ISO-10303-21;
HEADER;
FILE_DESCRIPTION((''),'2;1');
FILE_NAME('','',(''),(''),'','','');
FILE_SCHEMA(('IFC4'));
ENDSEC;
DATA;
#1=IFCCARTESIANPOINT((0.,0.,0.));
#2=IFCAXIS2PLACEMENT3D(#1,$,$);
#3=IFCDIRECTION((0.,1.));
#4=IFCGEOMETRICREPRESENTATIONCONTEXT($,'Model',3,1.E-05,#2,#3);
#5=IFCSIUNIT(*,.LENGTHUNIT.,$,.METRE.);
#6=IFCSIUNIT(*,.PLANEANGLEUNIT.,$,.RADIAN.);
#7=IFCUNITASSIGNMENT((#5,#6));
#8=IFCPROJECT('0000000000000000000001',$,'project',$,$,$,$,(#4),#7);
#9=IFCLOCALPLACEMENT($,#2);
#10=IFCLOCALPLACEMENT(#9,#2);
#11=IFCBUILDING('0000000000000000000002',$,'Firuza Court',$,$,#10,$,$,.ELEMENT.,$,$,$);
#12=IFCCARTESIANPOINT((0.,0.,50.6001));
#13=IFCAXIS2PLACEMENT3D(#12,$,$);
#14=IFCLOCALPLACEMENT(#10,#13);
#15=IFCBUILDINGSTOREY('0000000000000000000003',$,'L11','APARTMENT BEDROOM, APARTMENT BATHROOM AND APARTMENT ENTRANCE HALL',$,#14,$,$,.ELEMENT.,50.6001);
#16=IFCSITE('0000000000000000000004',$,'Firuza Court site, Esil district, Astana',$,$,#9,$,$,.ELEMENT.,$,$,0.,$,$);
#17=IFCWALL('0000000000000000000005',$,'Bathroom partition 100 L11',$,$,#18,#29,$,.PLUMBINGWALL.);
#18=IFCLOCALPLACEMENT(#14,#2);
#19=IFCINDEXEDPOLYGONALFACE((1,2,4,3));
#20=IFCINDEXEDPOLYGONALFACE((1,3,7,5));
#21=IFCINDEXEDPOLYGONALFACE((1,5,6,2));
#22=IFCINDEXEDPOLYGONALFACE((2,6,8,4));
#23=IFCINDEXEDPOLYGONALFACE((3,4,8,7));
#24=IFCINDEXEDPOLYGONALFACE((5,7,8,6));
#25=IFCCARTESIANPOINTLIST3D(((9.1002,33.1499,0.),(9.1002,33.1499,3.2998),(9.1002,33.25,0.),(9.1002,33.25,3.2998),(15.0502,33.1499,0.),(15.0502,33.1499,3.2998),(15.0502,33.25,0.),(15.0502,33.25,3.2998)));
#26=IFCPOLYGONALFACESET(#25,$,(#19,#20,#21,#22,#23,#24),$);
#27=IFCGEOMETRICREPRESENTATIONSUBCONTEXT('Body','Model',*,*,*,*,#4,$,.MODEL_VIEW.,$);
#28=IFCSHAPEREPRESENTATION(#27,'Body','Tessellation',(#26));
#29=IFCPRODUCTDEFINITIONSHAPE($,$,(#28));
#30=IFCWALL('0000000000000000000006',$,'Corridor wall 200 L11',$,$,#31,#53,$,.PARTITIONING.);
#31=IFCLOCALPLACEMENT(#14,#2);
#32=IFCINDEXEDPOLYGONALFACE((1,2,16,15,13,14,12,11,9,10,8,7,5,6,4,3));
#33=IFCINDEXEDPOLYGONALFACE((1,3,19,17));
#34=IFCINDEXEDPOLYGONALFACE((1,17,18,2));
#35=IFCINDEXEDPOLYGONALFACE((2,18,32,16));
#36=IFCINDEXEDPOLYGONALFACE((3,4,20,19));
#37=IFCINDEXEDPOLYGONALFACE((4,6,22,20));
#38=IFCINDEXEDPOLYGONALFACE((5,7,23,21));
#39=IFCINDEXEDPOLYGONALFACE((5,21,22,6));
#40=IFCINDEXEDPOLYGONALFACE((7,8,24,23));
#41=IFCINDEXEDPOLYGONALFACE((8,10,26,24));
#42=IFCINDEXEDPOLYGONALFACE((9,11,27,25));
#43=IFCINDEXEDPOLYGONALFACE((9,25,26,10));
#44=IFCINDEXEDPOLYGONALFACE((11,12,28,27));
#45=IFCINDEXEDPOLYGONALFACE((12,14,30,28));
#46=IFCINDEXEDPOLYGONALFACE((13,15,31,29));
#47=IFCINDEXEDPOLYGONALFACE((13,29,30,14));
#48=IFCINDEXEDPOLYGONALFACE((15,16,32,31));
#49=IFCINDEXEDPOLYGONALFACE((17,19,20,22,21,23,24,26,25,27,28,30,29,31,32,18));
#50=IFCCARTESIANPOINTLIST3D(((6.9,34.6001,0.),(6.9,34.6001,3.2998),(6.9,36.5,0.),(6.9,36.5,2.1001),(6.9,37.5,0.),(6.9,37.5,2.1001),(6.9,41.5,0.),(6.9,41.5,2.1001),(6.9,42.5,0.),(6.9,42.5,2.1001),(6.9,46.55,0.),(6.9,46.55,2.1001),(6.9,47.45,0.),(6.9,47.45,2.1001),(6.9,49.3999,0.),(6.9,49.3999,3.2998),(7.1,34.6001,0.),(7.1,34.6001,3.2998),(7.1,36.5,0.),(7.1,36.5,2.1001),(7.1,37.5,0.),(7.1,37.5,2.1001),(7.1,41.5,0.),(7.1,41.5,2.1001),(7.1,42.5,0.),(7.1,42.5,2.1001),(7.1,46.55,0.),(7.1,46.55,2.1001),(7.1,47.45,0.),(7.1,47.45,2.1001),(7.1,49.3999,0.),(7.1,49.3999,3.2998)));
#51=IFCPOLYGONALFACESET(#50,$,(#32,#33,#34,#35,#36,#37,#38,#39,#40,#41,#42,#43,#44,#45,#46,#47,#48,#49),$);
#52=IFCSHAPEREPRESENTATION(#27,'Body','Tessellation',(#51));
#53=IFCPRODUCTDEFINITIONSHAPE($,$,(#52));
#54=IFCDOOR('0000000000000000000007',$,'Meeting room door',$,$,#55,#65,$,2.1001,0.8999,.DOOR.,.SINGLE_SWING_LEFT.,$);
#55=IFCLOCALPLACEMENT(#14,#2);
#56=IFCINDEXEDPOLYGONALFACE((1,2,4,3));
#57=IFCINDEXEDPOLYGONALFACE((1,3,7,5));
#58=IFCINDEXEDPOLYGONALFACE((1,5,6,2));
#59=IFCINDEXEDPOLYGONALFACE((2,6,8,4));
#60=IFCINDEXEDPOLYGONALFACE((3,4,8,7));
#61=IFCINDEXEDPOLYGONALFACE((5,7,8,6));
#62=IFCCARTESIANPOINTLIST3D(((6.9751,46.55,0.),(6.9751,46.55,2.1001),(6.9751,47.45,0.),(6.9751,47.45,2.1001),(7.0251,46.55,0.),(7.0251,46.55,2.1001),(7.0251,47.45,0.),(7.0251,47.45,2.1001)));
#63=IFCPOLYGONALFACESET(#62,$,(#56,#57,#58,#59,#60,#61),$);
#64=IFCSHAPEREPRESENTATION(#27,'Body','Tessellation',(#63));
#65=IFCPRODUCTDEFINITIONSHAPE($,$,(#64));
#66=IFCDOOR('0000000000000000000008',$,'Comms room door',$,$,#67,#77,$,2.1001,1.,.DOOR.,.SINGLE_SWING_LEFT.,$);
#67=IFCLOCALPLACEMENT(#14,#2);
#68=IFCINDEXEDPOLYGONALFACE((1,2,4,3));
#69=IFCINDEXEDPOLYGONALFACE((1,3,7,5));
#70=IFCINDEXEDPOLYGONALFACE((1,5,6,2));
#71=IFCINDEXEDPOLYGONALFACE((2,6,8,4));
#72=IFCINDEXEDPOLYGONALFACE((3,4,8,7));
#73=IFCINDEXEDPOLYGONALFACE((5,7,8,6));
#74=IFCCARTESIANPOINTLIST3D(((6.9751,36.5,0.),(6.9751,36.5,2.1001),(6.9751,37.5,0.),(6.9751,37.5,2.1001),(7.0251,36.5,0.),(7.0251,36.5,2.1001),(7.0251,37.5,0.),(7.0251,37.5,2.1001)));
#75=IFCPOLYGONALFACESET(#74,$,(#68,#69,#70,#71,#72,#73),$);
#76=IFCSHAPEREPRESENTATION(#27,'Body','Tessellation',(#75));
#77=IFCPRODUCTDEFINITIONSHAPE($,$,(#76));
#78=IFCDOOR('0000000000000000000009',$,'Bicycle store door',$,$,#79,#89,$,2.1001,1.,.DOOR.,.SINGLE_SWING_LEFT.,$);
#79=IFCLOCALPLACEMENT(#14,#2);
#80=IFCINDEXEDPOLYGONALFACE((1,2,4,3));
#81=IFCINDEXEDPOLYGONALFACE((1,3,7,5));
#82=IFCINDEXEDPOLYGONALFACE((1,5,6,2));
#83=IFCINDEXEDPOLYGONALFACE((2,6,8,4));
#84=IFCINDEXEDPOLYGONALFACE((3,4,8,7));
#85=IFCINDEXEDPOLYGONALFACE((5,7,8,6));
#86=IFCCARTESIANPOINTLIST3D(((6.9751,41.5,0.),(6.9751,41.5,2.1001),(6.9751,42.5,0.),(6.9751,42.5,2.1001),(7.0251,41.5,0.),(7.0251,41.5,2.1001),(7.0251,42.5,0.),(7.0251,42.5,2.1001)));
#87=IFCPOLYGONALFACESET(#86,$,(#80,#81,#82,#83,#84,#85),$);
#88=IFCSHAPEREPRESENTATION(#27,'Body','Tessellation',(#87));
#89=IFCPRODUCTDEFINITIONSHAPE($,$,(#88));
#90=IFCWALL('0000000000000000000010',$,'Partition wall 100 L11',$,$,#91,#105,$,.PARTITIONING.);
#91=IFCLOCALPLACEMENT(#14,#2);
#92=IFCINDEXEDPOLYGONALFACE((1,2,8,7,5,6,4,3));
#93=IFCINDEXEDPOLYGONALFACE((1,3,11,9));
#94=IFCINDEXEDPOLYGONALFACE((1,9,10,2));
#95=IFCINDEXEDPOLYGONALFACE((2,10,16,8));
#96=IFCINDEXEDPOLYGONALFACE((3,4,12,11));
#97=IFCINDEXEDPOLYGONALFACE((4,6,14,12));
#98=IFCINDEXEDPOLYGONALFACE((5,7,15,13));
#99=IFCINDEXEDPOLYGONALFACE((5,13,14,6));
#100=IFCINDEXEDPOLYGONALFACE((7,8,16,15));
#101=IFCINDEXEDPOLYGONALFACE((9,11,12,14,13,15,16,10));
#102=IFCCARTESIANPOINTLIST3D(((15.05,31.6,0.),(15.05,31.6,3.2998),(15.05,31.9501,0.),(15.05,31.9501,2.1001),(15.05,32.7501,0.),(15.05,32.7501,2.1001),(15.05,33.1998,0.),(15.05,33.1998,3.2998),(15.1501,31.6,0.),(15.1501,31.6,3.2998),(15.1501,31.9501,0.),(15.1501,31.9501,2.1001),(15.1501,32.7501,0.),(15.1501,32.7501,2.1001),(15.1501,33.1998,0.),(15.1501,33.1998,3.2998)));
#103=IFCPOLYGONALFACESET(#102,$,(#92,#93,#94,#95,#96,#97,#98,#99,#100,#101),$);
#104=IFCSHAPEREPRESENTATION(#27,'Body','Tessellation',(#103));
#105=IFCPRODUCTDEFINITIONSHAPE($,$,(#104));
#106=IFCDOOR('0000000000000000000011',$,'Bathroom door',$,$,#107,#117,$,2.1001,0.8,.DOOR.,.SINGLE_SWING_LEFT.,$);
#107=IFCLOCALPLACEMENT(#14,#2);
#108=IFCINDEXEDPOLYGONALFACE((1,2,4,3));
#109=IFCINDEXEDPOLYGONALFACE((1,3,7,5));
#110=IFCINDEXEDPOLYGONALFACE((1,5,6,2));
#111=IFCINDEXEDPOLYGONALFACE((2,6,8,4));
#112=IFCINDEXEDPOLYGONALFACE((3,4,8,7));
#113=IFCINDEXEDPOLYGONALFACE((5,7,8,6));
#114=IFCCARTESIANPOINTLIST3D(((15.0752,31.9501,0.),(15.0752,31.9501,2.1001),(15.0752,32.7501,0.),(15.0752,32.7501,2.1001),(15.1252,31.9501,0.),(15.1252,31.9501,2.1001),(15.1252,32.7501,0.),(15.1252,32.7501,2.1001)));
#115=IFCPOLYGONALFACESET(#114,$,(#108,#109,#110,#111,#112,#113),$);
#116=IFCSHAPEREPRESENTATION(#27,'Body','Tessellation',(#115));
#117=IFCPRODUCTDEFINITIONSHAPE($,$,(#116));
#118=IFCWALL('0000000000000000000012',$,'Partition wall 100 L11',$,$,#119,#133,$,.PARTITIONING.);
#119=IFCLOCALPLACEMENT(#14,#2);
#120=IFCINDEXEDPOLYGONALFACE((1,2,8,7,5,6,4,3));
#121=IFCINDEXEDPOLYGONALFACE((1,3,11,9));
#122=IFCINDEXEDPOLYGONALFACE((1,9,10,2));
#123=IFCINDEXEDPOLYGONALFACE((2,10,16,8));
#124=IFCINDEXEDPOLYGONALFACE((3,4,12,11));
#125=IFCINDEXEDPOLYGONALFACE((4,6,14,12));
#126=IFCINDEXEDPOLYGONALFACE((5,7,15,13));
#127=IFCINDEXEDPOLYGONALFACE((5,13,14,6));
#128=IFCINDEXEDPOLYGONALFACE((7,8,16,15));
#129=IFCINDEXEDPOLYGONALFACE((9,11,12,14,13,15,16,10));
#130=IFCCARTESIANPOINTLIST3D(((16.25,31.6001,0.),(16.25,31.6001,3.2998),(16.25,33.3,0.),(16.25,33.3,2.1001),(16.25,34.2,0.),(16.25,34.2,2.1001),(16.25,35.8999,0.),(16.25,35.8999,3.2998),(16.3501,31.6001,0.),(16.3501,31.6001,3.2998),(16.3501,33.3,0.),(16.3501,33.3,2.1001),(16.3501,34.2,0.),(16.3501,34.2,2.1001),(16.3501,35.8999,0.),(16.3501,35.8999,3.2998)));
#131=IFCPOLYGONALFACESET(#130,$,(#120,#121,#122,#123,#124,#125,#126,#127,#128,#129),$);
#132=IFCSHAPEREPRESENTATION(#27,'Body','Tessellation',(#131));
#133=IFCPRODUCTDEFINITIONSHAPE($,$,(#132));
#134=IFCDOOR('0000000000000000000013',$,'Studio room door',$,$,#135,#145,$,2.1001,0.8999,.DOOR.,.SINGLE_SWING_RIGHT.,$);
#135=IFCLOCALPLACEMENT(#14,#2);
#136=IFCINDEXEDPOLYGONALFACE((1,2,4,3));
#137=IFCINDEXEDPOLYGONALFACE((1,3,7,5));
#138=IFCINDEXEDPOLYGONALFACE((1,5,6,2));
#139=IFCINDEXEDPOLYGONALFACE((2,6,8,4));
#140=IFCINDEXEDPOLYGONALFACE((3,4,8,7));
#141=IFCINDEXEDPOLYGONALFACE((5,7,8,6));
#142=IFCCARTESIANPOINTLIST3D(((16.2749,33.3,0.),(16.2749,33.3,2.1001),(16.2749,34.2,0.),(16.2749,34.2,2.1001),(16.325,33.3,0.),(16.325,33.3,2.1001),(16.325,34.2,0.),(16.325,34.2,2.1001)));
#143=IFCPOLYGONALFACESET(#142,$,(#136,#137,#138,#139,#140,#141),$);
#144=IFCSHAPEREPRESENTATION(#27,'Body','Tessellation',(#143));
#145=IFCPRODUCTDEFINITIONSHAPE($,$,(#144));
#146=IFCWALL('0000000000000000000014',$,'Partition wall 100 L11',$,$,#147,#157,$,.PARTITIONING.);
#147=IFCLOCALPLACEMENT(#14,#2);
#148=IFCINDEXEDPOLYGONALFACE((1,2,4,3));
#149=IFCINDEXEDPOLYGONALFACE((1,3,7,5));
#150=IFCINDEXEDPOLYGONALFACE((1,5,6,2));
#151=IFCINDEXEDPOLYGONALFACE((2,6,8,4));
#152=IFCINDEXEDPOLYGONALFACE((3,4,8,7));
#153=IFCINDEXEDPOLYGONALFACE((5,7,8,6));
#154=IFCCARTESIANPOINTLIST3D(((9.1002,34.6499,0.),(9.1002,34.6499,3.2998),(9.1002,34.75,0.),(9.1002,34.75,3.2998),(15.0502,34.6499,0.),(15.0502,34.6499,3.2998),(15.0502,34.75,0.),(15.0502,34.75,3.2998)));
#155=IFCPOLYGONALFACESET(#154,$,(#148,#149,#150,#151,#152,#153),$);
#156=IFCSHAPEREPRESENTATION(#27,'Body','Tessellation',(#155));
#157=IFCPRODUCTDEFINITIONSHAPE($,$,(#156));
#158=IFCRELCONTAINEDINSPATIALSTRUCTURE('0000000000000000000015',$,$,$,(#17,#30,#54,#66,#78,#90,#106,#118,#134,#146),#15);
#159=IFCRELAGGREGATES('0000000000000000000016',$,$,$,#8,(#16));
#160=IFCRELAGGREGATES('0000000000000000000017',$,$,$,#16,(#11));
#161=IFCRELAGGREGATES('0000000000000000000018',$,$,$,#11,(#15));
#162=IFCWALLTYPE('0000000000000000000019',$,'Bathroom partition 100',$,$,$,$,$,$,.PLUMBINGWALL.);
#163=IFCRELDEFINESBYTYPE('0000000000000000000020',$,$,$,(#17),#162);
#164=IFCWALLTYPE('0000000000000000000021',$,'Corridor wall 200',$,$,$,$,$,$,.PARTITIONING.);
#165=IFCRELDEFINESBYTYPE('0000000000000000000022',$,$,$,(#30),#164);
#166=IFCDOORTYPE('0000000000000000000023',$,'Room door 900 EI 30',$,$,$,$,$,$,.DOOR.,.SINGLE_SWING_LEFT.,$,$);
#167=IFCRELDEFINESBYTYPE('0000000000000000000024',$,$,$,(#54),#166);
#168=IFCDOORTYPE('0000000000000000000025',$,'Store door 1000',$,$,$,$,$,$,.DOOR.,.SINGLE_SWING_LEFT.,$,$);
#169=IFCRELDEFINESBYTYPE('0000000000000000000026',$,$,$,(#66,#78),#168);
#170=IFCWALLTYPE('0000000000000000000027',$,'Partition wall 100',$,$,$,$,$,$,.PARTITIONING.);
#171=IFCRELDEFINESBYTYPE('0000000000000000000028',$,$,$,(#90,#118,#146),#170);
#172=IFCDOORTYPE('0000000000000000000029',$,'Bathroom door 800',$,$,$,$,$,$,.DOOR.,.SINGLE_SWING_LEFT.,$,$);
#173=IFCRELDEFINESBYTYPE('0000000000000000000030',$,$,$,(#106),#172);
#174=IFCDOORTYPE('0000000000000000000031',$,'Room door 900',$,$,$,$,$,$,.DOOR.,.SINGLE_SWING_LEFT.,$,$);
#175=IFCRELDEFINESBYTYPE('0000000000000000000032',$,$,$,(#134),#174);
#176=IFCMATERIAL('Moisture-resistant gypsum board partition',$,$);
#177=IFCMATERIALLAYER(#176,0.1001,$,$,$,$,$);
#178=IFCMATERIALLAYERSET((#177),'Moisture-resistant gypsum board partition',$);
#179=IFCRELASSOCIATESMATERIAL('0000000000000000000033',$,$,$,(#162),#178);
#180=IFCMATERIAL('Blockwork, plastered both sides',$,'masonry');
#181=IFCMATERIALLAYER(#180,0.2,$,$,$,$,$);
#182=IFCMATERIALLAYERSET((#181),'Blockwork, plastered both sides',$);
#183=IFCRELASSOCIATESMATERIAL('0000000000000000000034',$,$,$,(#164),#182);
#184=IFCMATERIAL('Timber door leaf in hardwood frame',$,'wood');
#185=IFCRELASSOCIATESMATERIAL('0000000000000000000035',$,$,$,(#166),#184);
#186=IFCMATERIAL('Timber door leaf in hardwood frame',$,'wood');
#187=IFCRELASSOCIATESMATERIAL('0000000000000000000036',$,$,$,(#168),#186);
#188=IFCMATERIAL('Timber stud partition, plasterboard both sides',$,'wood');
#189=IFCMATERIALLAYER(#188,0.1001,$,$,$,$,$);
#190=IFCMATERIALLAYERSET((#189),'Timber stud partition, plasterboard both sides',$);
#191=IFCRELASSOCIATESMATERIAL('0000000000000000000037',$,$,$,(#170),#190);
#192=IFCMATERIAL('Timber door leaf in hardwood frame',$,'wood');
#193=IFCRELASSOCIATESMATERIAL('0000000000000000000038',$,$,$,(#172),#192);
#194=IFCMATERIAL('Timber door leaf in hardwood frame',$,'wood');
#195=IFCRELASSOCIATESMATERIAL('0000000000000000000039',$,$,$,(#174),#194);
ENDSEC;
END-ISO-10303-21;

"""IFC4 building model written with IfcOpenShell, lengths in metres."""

from ifc_helpers import new_model, si_unit, direction, frame, frame_2d, origin, place, context, subcontext, project, spatial, rectangle, extrude, material, layer, layer_set, type_object, element, fill, save


model = new_model("IFC4")

# Units and contexts
model_context = context("Model", 3, precision=1e-05, world=origin(), true_north=direction((0.0, 1.0)))
body_context = subcontext(model_context, "Body", "Model", "MODEL_VIEW")
ifc_project = project(units=[si_unit("LENGTHUNIT", "METRE"), si_unit("PLANEANGLEUNIT", "RADIAN")], contexts=[model_context])

# Site, building, storey
site_placement = place(None, origin())
site = spatial("IfcSite", under=ifc_project, at=site_placement, Name="Firuza Court site, Esil district, Astana", CompositionType="ELEMENT", RefElevation=0.0)
building_placement = place(site_placement, origin())
building = spatial("IfcBuilding", under=site, at=building_placement, Name="Firuza Court", CompositionType="ELEMENT")
storey_placement = place(building_placement, frame((0.0, 0.0, 50.6001)))
storey = spatial("IfcBuildingStorey", under=building, at=storey_placement, Name="L11", Description="APARTMENT BEDROOM, APARTMENT BATHROOM AND APARTMENT ENTRANCE HALL", CompositionType="ELEMENT", Elevation=50.6001)

# Wall
ifc_material_1 = material(Name="Moisture-resistant gypsum board partition")
ifc_layer_1 = layer(ifc_material_1, 0.1001)
ifc_layer_set_1 = layer_set([ifc_layer_1], Name="Moisture-resistant gypsum board partition")
wall_type_1 = type_object("IfcWallType", Name="Bathroom partition 100", PredefinedType="PLUMBINGWALL", material=ifc_layer_set_1)
wall_1_placement = place(storey_placement, frame((9.1001, 33.2, 0.0), z_axis=(0.0, 0.0, 1.0), x_axis=(1.0, 0.0, 0.0)))
element("IfcWall", 1, at=wall_1_placement, inside=storey, type_object=wall_type_1, Name="Bathroom partition 100 L11", PredefinedType="PLUMBINGWALL", context=body_context, shape_type="SweptSolid", body=[
    extrude(rectangle(XDim=5.95, YDim=0.1001, at=frame_2d((2.9751, 0.0))), origin(), (0.0, 0.0, 1.0), 3.2998),
])

# Wall, openings, doors
ifc_material_2 = material(Name="Blockwork, plastered both sides", Category="masonry")
ifc_layer_2 = layer(ifc_material_2, 0.2)
ifc_layer_set_2 = layer_set([ifc_layer_2], Name="Blockwork, plastered both sides")
wall_type_2 = type_object("IfcWallType", Name="Corridor wall 200", PredefinedType="PARTITIONING", material=ifc_layer_set_2)
wall_2_placement = place(storey_placement, frame((7.0, 34.6001, 0.0), z_axis=(0.0, 0.0, 1.0), x_axis=(0.0, 1.0, 0.0)))
wall_2 = element("IfcWall", 2, at=wall_2_placement, inside=storey, type_object=wall_type_2, Name="Corridor wall 200 L11", PredefinedType="PARTITIONING", context=body_context, shape_type="SweptSolid", body=[
    extrude(rectangle(XDim=14.7998, YDim=0.2, at=frame_2d((7.3999, 0.0))), origin(), (0.0, 0.0, 1.0), 3.2998),
])
opening_1_placement = place(wall_2_placement, frame((1.8999, 0.0, 0.0)))
opening_1 = element("IfcOpeningElement", 3, at=opening_1_placement, cuts=wall_2, PredefinedType="OPENING", context=body_context, shape_type="SweptSolid", body=[
    extrude(rectangle(XDim=1.0, YDim=2.1001, at=frame_2d((0.5, 1.05))), frame((0.0, 0.1118, 0.0), z_axis=(0.0, -1.0, 0.0), x_axis=(1.0, 0.0, 0.0)), (0.0, 0.0, 1.0), 0.2239),
])
opening_2_placement = place(wall_2_placement, frame((6.8999, 0.0, 0.0)))
opening_2 = element("IfcOpeningElement", 4, at=opening_2_placement, cuts=wall_2, PredefinedType="OPENING", context=body_context, shape_type="SweptSolid", body=[
    extrude(rectangle(XDim=1.0, YDim=2.1001, at=frame_2d((0.5, 1.05))), frame((0.0, 0.1118, 0.0), z_axis=(0.0, -1.0, 0.0), x_axis=(1.0, 0.0, 0.0)), (0.0, 0.0, 1.0), 0.2239),
])
opening_3_placement = place(wall_2_placement, frame((11.95, 0.0, 0.0)))
opening_3 = element("IfcOpeningElement", 5, at=opening_3_placement, cuts=wall_2, PredefinedType="OPENING", context=body_context, shape_type="SweptSolid", body=[
    extrude(rectangle(XDim=0.8999, YDim=2.1001, at=frame_2d((0.45, 1.05))), frame((0.0, 0.1118, 0.0), z_axis=(0.0, -1.0, 0.0), x_axis=(1.0, 0.0, 0.0)), (0.0, 0.0, 1.0), 0.2239),
])
ifc_material_3 = material(Name="Timber door leaf in hardwood frame", Category="wood")
door_type_1 = type_object("IfcDoorType", Name="Room door 900 EI 30", OperationType="SINGLE_SWING_LEFT", PredefinedType="DOOR", material=ifc_material_3)
door_1_placement = place(opening_3_placement, origin())
door_1 = element("IfcDoor", 6, at=door_1_placement, inside=storey, type_object=door_type_1, Name="Meeting room door", OperationType="SINGLE_SWING_LEFT", OverallHeight=2.1001, OverallWidth=0.8999, PredefinedType="DOOR", context=body_context, shape_type="SweptSolid", body=[
    extrude(rectangle(XDim=0.8999, YDim=2.1001, at=frame_2d((0.45, 1.05))), frame((0.0, 0.0249, 0.0), z_axis=(0.0, -1.0, 0.0), x_axis=(1.0, 0.0, 0.0)), (0.0, 0.0, 1.0), 0.05),
])
fill(opening_3, door_1)
ifc_material_4 = material(Name="Timber door leaf in hardwood frame", Category="wood")
door_type_2 = type_object("IfcDoorType", Name="Store door 1000", OperationType="SINGLE_SWING_LEFT", PredefinedType="DOOR", material=ifc_material_4)
door_2_placement = place(opening_1_placement, origin())
door_2 = element("IfcDoor", 7, at=door_2_placement, inside=storey, type_object=door_type_2, Name="Comms room door", OperationType="SINGLE_SWING_LEFT", OverallHeight=2.1001, OverallWidth=1.0, PredefinedType="DOOR", context=body_context, shape_type="SweptSolid", body=[
    extrude(rectangle(XDim=1.0, YDim=2.1001, at=frame_2d((0.5, 1.05))), frame((0.0, 0.0249, 0.0), z_axis=(0.0, -1.0, 0.0), x_axis=(1.0, 0.0, 0.0)), (0.0, 0.0, 1.0), 0.05),
])
fill(opening_1, door_2)
door_3_placement = place(opening_2_placement, origin())
door_3 = element("IfcDoor", 8, at=door_3_placement, inside=storey, type_object=door_type_2, Name="Bicycle store door", OperationType="SINGLE_SWING_LEFT", OverallHeight=2.1001, OverallWidth=1.0, PredefinedType="DOOR", context=body_context, shape_type="SweptSolid", body=[
    extrude(rectangle(XDim=1.0, YDim=2.1001, at=frame_2d((0.5, 1.05))), frame((0.0, 0.0249, 0.0), z_axis=(0.0, -1.0, 0.0), x_axis=(1.0, 0.0, 0.0)), (0.0, 0.0, 1.0), 0.05),
])
fill(opening_2, door_3)

# Walls, openings, doors
ifc_material_5 = material(Name="Timber stud partition, plasterboard both sides", Category="wood")
ifc_layer_3 = layer(ifc_material_5, 0.1001)
ifc_layer_set_3 = layer_set([ifc_layer_3], Name="Timber stud partition, plasterboard both sides")
wall_type_3 = type_object("IfcWallType", Name="Partition wall 100", PredefinedType="PARTITIONING", material=ifc_layer_set_3)
wall_3_placement = place(storey_placement, frame((15.1001, 31.6001, 0.0), z_axis=(0.0, 0.0, 1.0), x_axis=(0.0, 1.0, 0.0)))
wall_3 = element("IfcWall", 9, at=wall_3_placement, inside=storey, type_object=wall_type_3, Name="Partition wall 100 L11", PredefinedType="PARTITIONING", context=body_context, shape_type="SweptSolid", body=[
    extrude(rectangle(XDim=1.5999, YDim=0.1001, at=frame_2d((0.7998, 0.0))), origin(), (0.0, 0.0, 1.0), 3.2998),
])
opening_4_placement = place(wall_3_placement, frame((0.3501, 0.0, 0.0)))
opening_4 = element("IfcOpeningElement", 10, at=opening_4_placement, cuts=wall_3, PredefinedType="OPENING", context=body_context, shape_type="SweptSolid", body=[
    extrude(rectangle(XDim=0.8, YDim=2.1001, at=frame_2d((0.3999, 1.05))), frame((0.0, 0.062, 0.0), z_axis=(0.0, -1.0, 0.0), x_axis=(1.0, 0.0, 0.0)), (0.0, 0.0, 1.0), 0.124),
])
ifc_material_6 = material(Name="Timber door leaf in hardwood frame", Category="wood")
door_type_3 = type_object("IfcDoorType", Name="Bathroom door 800", OperationType="SINGLE_SWING_LEFT", PredefinedType="DOOR", material=ifc_material_6)
door_4_placement = place(opening_4_placement, origin())
door_4 = element("IfcDoor", 11, at=door_4_placement, inside=storey, type_object=door_type_3, Name="Bathroom door", OperationType="SINGLE_SWING_LEFT", OverallHeight=2.1001, OverallWidth=0.8, PredefinedType="DOOR", context=body_context, shape_type="SweptSolid", body=[
    extrude(rectangle(XDim=0.8, YDim=2.1001, at=frame_2d((0.3999, 1.05))), frame((0.0, 0.0249, 0.0), z_axis=(0.0, -1.0, 0.0), x_axis=(1.0, 0.0, 0.0)), (0.0, 0.0, 1.0), 0.05),
])
fill(opening_4, door_4)
wall_4_placement = place(storey_placement, frame((16.3, 31.6001, 0.0), z_axis=(0.0, 0.0, 1.0), x_axis=(0.0, 1.0, 0.0)))
wall_4 = element("IfcWall", 12, at=wall_4_placement, inside=storey, type_object=wall_type_3, Name="Partition wall 100 L11", PredefinedType="PARTITIONING", context=body_context, shape_type="SweptSolid", body=[
    extrude(rectangle(XDim=4.2998, YDim=0.1001, at=frame_2d((2.1499, 0.0))), origin(), (0.0, 0.0, 1.0), 3.2998),
])
opening_5_placement = place(wall_4_placement, frame((1.7, 0.0, 0.0)))
opening_5 = element("IfcOpeningElement", 13, at=opening_5_placement, cuts=wall_4, PredefinedType="OPENING", context=body_context, shape_type="SweptSolid", body=[
    extrude(rectangle(XDim=0.8999, YDim=2.1001, at=frame_2d((0.45, 1.05))), frame((0.0, 0.062, 0.0), z_axis=(0.0, -1.0, 0.0), x_axis=(1.0, 0.0, 0.0)), (0.0, 0.0, 1.0), 0.124),
])
ifc_material_7 = material(Name="Timber door leaf in hardwood frame", Category="wood")
door_type_4 = type_object("IfcDoorType", Name="Room door 900", OperationType="SINGLE_SWING_LEFT", PredefinedType="DOOR", material=ifc_material_7)
door_5_placement = place(opening_5_placement, frame((0.8999, 0.0, 0.0), z_axis=(0.0, 0.0, 1.0), x_axis=(-1.0, 0.0, 0.0)))
door_5 = element("IfcDoor", 14, at=door_5_placement, inside=storey, type_object=door_type_4, Name="Studio room door", OperationType="SINGLE_SWING_RIGHT", OverallHeight=2.1001, OverallWidth=0.8999, PredefinedType="DOOR", context=body_context, shape_type="SweptSolid", body=[
    extrude(rectangle(XDim=0.8999, YDim=2.1001, at=frame_2d((0.45, 1.05))), frame((0.0, 0.0249, 0.0), z_axis=(0.0, -1.0, 0.0), x_axis=(1.0, 0.0, 0.0)), (0.0, 0.0, 1.0), 0.05),
])
fill(opening_5, door_5)

# Wall
wall_5_placement = place(storey_placement, frame((9.1001, 34.7, 0.0), z_axis=(0.0, 0.0, 1.0), x_axis=(1.0, 0.0, 0.0)))
element("IfcWall", 15, at=wall_5_placement, inside=storey, type_object=wall_type_3, Name="Partition wall 100 L11", PredefinedType="PARTITIONING", context=body_context, shape_type="SweptSolid", body=[
    extrude(rectangle(XDim=5.95, YDim=0.1001, at=frame_2d((2.9751, 0.0))), origin(), (0.0, 0.0, 1.0), 3.2998),
])

save(model, "model.ifc")
